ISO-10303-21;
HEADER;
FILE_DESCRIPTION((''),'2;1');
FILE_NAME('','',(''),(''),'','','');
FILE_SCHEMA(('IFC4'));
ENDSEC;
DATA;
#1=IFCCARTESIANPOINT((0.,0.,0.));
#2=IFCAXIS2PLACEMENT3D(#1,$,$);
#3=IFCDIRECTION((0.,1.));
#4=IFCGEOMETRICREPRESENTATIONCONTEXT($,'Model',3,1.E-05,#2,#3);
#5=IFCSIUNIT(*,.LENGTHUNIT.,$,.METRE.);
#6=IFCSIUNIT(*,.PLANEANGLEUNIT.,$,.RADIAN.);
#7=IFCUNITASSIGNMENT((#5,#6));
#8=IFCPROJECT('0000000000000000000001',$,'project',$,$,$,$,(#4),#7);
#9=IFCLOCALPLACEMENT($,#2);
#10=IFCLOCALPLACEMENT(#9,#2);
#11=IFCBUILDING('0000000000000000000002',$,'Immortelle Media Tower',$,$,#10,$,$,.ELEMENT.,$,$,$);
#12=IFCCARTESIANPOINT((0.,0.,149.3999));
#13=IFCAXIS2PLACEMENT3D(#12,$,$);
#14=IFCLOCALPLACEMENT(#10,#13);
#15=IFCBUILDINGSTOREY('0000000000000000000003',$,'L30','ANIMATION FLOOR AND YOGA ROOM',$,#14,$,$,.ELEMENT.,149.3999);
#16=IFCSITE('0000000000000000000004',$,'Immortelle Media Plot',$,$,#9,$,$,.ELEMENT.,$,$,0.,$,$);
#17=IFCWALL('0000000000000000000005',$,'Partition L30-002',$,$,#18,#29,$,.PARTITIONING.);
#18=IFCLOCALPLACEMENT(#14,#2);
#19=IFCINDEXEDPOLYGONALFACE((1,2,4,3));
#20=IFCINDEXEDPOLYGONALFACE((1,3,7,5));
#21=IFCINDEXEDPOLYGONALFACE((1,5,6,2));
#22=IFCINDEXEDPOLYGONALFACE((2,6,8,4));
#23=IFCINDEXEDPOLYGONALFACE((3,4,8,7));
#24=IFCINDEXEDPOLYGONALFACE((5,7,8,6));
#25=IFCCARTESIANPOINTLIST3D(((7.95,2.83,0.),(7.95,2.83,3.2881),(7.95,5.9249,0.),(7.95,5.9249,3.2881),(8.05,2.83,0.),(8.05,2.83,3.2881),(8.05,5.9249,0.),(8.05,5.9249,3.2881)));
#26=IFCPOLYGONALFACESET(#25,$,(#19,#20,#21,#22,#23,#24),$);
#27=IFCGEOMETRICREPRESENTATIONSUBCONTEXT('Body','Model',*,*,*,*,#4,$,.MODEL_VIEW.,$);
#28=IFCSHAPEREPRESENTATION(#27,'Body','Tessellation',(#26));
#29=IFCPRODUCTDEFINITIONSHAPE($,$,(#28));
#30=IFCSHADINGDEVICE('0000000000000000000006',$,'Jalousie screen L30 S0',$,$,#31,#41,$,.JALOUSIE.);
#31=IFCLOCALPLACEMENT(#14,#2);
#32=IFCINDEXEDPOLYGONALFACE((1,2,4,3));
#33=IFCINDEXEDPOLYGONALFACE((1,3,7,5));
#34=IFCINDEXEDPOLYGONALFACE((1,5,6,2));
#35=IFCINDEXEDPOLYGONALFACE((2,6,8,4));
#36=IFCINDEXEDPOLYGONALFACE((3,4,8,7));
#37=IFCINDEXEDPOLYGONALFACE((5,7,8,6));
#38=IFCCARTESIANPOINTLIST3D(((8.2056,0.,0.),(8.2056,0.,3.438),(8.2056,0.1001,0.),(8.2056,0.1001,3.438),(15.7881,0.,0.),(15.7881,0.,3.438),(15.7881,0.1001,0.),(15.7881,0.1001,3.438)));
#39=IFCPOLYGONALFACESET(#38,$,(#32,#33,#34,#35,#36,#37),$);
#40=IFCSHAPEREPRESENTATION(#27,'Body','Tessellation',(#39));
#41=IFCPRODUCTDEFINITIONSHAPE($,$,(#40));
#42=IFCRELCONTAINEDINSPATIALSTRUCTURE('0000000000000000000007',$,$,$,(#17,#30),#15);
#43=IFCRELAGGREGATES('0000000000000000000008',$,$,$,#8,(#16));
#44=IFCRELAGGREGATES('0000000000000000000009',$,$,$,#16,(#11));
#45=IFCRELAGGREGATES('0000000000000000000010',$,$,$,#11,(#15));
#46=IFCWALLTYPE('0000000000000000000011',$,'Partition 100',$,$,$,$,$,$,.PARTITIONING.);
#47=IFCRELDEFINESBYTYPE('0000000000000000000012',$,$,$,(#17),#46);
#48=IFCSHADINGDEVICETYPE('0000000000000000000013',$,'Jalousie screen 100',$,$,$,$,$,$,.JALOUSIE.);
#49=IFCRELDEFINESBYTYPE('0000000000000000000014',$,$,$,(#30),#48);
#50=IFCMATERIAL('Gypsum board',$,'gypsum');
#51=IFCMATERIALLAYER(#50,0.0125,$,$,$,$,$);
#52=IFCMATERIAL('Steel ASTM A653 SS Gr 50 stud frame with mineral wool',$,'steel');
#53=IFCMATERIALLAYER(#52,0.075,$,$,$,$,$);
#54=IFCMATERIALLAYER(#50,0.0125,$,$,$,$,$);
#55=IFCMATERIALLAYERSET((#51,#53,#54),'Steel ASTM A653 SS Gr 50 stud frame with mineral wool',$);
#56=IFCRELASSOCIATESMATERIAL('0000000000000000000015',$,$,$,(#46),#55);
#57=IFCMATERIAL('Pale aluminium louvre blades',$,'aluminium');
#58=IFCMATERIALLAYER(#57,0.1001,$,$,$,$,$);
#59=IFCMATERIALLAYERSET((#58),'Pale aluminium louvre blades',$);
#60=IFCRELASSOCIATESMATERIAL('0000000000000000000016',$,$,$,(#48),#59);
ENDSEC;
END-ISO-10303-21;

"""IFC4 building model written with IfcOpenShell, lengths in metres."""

from ifc_helpers import new_model, si_unit, direction, frame, frame_2d, origin, origin_2d, place, context, subcontext, project, spatial, rectangle, extrude, material, layer, layer_set, type_object, element, save


model = new_model("IFC4")

# Units and contexts
model_context = context("Model", 3, precision=1e-05, world=origin(), true_north=direction((0.0, 1.0)))
body_context = subcontext(model_context, "Body", "Model", "MODEL_VIEW")
ifc_project = project(units=[si_unit("LENGTHUNIT", "METRE"), si_unit("PLANEANGLEUNIT", "RADIAN")], contexts=[model_context])

# Site, building, storey
site_placement = place(None, origin())
site = spatial("IfcSite", under=ifc_project, at=site_placement, Name="Immortelle Media Plot", CompositionType="ELEMENT", RefElevation=0.0)
building_placement = place(site_placement, origin())
building = spatial("IfcBuilding", under=site, at=building_placement, Name="Immortelle Media Tower", CompositionType="ELEMENT")
storey_placement = place(building_placement, frame((0.0, 0.0, 149.3999)))
storey = spatial("IfcBuildingStorey", under=building, at=storey_placement, Name="L30", Description="ANIMATION FLOOR AND YOGA ROOM", CompositionType="ELEMENT", Elevation=149.3999)

# Shared definitions
ifc_material_1 = material(Name="Steel ASTM A653 SS Gr 50 stud frame with mineral wool", Category="steel")

# Wall
ifc_material_2 = material(Name="Gypsum board", Category="gypsum")
ifc_layer_1 = layer(ifc_material_2, 0.0125)
ifc_layer_2 = layer(ifc_material_1, 0.075)
ifc_layer_3 = layer(ifc_material_2, 0.0125)
ifc_layer_set_1 = layer_set([ifc_layer_1, ifc_layer_2, ifc_layer_3], Name="Steel ASTM A653 SS Gr 50 stud frame with mineral wool")
wall_type_1 = type_object("IfcWallType", Name="Partition 100", PredefinedType="PARTITIONING", material=ifc_layer_set_1)
wall_1_placement = place(storey_placement, frame((8.0, 2.8301, 0.0), z_axis=(0.0, 0.0, 1.0), x_axis=(0.0, 1.0, 0.0)))
element("IfcWall", 1, at=wall_1_placement, inside=storey, type_object=wall_type_1, Name="Partition L30-002", PredefinedType="PARTITIONING", context=body_context, shape_type="SweptSolid", body=[
    extrude(rectangle(XDim=3.095, YDim=0.1001, at=frame_2d((1.5474, 0.0))), origin(), (0.0, 0.0, 1.0), 3.2881),
])

# Shading device
ifc_material_3 = material(Name="Pale aluminium louvre blades", Category="aluminium")
ifc_layer_4 = layer(ifc_material_3, 0.1001)
ifc_layer_set_2 = layer_set([ifc_layer_4], Name="Pale aluminium louvre blades")
shading_device_type = type_object("IfcShadingDeviceType", Name="Jalousie screen 100", PredefinedType="JALOUSIE", material=ifc_layer_set_2)
shading_device_placement = place(storey_placement, frame((11.9968, 0.05, 0.0), z_axis=(0.0, 0.0, 1.0), x_axis=(1.0, 0.0, 0.0)))
element("IfcShadingDevice", 2, at=shading_device_placement, inside=storey, type_object=shading_device_type, Name="Jalousie screen L30 S0", PredefinedType="JALOUSIE", context=body_context, shape_type="SweptSolid", body=[
    extrude(rectangle(XDim=7.5825, YDim=0.1001, at=origin_2d()), origin(), (0.0, 0.0, 1.0), 3.438),
])

save(model, "model.ifc")
